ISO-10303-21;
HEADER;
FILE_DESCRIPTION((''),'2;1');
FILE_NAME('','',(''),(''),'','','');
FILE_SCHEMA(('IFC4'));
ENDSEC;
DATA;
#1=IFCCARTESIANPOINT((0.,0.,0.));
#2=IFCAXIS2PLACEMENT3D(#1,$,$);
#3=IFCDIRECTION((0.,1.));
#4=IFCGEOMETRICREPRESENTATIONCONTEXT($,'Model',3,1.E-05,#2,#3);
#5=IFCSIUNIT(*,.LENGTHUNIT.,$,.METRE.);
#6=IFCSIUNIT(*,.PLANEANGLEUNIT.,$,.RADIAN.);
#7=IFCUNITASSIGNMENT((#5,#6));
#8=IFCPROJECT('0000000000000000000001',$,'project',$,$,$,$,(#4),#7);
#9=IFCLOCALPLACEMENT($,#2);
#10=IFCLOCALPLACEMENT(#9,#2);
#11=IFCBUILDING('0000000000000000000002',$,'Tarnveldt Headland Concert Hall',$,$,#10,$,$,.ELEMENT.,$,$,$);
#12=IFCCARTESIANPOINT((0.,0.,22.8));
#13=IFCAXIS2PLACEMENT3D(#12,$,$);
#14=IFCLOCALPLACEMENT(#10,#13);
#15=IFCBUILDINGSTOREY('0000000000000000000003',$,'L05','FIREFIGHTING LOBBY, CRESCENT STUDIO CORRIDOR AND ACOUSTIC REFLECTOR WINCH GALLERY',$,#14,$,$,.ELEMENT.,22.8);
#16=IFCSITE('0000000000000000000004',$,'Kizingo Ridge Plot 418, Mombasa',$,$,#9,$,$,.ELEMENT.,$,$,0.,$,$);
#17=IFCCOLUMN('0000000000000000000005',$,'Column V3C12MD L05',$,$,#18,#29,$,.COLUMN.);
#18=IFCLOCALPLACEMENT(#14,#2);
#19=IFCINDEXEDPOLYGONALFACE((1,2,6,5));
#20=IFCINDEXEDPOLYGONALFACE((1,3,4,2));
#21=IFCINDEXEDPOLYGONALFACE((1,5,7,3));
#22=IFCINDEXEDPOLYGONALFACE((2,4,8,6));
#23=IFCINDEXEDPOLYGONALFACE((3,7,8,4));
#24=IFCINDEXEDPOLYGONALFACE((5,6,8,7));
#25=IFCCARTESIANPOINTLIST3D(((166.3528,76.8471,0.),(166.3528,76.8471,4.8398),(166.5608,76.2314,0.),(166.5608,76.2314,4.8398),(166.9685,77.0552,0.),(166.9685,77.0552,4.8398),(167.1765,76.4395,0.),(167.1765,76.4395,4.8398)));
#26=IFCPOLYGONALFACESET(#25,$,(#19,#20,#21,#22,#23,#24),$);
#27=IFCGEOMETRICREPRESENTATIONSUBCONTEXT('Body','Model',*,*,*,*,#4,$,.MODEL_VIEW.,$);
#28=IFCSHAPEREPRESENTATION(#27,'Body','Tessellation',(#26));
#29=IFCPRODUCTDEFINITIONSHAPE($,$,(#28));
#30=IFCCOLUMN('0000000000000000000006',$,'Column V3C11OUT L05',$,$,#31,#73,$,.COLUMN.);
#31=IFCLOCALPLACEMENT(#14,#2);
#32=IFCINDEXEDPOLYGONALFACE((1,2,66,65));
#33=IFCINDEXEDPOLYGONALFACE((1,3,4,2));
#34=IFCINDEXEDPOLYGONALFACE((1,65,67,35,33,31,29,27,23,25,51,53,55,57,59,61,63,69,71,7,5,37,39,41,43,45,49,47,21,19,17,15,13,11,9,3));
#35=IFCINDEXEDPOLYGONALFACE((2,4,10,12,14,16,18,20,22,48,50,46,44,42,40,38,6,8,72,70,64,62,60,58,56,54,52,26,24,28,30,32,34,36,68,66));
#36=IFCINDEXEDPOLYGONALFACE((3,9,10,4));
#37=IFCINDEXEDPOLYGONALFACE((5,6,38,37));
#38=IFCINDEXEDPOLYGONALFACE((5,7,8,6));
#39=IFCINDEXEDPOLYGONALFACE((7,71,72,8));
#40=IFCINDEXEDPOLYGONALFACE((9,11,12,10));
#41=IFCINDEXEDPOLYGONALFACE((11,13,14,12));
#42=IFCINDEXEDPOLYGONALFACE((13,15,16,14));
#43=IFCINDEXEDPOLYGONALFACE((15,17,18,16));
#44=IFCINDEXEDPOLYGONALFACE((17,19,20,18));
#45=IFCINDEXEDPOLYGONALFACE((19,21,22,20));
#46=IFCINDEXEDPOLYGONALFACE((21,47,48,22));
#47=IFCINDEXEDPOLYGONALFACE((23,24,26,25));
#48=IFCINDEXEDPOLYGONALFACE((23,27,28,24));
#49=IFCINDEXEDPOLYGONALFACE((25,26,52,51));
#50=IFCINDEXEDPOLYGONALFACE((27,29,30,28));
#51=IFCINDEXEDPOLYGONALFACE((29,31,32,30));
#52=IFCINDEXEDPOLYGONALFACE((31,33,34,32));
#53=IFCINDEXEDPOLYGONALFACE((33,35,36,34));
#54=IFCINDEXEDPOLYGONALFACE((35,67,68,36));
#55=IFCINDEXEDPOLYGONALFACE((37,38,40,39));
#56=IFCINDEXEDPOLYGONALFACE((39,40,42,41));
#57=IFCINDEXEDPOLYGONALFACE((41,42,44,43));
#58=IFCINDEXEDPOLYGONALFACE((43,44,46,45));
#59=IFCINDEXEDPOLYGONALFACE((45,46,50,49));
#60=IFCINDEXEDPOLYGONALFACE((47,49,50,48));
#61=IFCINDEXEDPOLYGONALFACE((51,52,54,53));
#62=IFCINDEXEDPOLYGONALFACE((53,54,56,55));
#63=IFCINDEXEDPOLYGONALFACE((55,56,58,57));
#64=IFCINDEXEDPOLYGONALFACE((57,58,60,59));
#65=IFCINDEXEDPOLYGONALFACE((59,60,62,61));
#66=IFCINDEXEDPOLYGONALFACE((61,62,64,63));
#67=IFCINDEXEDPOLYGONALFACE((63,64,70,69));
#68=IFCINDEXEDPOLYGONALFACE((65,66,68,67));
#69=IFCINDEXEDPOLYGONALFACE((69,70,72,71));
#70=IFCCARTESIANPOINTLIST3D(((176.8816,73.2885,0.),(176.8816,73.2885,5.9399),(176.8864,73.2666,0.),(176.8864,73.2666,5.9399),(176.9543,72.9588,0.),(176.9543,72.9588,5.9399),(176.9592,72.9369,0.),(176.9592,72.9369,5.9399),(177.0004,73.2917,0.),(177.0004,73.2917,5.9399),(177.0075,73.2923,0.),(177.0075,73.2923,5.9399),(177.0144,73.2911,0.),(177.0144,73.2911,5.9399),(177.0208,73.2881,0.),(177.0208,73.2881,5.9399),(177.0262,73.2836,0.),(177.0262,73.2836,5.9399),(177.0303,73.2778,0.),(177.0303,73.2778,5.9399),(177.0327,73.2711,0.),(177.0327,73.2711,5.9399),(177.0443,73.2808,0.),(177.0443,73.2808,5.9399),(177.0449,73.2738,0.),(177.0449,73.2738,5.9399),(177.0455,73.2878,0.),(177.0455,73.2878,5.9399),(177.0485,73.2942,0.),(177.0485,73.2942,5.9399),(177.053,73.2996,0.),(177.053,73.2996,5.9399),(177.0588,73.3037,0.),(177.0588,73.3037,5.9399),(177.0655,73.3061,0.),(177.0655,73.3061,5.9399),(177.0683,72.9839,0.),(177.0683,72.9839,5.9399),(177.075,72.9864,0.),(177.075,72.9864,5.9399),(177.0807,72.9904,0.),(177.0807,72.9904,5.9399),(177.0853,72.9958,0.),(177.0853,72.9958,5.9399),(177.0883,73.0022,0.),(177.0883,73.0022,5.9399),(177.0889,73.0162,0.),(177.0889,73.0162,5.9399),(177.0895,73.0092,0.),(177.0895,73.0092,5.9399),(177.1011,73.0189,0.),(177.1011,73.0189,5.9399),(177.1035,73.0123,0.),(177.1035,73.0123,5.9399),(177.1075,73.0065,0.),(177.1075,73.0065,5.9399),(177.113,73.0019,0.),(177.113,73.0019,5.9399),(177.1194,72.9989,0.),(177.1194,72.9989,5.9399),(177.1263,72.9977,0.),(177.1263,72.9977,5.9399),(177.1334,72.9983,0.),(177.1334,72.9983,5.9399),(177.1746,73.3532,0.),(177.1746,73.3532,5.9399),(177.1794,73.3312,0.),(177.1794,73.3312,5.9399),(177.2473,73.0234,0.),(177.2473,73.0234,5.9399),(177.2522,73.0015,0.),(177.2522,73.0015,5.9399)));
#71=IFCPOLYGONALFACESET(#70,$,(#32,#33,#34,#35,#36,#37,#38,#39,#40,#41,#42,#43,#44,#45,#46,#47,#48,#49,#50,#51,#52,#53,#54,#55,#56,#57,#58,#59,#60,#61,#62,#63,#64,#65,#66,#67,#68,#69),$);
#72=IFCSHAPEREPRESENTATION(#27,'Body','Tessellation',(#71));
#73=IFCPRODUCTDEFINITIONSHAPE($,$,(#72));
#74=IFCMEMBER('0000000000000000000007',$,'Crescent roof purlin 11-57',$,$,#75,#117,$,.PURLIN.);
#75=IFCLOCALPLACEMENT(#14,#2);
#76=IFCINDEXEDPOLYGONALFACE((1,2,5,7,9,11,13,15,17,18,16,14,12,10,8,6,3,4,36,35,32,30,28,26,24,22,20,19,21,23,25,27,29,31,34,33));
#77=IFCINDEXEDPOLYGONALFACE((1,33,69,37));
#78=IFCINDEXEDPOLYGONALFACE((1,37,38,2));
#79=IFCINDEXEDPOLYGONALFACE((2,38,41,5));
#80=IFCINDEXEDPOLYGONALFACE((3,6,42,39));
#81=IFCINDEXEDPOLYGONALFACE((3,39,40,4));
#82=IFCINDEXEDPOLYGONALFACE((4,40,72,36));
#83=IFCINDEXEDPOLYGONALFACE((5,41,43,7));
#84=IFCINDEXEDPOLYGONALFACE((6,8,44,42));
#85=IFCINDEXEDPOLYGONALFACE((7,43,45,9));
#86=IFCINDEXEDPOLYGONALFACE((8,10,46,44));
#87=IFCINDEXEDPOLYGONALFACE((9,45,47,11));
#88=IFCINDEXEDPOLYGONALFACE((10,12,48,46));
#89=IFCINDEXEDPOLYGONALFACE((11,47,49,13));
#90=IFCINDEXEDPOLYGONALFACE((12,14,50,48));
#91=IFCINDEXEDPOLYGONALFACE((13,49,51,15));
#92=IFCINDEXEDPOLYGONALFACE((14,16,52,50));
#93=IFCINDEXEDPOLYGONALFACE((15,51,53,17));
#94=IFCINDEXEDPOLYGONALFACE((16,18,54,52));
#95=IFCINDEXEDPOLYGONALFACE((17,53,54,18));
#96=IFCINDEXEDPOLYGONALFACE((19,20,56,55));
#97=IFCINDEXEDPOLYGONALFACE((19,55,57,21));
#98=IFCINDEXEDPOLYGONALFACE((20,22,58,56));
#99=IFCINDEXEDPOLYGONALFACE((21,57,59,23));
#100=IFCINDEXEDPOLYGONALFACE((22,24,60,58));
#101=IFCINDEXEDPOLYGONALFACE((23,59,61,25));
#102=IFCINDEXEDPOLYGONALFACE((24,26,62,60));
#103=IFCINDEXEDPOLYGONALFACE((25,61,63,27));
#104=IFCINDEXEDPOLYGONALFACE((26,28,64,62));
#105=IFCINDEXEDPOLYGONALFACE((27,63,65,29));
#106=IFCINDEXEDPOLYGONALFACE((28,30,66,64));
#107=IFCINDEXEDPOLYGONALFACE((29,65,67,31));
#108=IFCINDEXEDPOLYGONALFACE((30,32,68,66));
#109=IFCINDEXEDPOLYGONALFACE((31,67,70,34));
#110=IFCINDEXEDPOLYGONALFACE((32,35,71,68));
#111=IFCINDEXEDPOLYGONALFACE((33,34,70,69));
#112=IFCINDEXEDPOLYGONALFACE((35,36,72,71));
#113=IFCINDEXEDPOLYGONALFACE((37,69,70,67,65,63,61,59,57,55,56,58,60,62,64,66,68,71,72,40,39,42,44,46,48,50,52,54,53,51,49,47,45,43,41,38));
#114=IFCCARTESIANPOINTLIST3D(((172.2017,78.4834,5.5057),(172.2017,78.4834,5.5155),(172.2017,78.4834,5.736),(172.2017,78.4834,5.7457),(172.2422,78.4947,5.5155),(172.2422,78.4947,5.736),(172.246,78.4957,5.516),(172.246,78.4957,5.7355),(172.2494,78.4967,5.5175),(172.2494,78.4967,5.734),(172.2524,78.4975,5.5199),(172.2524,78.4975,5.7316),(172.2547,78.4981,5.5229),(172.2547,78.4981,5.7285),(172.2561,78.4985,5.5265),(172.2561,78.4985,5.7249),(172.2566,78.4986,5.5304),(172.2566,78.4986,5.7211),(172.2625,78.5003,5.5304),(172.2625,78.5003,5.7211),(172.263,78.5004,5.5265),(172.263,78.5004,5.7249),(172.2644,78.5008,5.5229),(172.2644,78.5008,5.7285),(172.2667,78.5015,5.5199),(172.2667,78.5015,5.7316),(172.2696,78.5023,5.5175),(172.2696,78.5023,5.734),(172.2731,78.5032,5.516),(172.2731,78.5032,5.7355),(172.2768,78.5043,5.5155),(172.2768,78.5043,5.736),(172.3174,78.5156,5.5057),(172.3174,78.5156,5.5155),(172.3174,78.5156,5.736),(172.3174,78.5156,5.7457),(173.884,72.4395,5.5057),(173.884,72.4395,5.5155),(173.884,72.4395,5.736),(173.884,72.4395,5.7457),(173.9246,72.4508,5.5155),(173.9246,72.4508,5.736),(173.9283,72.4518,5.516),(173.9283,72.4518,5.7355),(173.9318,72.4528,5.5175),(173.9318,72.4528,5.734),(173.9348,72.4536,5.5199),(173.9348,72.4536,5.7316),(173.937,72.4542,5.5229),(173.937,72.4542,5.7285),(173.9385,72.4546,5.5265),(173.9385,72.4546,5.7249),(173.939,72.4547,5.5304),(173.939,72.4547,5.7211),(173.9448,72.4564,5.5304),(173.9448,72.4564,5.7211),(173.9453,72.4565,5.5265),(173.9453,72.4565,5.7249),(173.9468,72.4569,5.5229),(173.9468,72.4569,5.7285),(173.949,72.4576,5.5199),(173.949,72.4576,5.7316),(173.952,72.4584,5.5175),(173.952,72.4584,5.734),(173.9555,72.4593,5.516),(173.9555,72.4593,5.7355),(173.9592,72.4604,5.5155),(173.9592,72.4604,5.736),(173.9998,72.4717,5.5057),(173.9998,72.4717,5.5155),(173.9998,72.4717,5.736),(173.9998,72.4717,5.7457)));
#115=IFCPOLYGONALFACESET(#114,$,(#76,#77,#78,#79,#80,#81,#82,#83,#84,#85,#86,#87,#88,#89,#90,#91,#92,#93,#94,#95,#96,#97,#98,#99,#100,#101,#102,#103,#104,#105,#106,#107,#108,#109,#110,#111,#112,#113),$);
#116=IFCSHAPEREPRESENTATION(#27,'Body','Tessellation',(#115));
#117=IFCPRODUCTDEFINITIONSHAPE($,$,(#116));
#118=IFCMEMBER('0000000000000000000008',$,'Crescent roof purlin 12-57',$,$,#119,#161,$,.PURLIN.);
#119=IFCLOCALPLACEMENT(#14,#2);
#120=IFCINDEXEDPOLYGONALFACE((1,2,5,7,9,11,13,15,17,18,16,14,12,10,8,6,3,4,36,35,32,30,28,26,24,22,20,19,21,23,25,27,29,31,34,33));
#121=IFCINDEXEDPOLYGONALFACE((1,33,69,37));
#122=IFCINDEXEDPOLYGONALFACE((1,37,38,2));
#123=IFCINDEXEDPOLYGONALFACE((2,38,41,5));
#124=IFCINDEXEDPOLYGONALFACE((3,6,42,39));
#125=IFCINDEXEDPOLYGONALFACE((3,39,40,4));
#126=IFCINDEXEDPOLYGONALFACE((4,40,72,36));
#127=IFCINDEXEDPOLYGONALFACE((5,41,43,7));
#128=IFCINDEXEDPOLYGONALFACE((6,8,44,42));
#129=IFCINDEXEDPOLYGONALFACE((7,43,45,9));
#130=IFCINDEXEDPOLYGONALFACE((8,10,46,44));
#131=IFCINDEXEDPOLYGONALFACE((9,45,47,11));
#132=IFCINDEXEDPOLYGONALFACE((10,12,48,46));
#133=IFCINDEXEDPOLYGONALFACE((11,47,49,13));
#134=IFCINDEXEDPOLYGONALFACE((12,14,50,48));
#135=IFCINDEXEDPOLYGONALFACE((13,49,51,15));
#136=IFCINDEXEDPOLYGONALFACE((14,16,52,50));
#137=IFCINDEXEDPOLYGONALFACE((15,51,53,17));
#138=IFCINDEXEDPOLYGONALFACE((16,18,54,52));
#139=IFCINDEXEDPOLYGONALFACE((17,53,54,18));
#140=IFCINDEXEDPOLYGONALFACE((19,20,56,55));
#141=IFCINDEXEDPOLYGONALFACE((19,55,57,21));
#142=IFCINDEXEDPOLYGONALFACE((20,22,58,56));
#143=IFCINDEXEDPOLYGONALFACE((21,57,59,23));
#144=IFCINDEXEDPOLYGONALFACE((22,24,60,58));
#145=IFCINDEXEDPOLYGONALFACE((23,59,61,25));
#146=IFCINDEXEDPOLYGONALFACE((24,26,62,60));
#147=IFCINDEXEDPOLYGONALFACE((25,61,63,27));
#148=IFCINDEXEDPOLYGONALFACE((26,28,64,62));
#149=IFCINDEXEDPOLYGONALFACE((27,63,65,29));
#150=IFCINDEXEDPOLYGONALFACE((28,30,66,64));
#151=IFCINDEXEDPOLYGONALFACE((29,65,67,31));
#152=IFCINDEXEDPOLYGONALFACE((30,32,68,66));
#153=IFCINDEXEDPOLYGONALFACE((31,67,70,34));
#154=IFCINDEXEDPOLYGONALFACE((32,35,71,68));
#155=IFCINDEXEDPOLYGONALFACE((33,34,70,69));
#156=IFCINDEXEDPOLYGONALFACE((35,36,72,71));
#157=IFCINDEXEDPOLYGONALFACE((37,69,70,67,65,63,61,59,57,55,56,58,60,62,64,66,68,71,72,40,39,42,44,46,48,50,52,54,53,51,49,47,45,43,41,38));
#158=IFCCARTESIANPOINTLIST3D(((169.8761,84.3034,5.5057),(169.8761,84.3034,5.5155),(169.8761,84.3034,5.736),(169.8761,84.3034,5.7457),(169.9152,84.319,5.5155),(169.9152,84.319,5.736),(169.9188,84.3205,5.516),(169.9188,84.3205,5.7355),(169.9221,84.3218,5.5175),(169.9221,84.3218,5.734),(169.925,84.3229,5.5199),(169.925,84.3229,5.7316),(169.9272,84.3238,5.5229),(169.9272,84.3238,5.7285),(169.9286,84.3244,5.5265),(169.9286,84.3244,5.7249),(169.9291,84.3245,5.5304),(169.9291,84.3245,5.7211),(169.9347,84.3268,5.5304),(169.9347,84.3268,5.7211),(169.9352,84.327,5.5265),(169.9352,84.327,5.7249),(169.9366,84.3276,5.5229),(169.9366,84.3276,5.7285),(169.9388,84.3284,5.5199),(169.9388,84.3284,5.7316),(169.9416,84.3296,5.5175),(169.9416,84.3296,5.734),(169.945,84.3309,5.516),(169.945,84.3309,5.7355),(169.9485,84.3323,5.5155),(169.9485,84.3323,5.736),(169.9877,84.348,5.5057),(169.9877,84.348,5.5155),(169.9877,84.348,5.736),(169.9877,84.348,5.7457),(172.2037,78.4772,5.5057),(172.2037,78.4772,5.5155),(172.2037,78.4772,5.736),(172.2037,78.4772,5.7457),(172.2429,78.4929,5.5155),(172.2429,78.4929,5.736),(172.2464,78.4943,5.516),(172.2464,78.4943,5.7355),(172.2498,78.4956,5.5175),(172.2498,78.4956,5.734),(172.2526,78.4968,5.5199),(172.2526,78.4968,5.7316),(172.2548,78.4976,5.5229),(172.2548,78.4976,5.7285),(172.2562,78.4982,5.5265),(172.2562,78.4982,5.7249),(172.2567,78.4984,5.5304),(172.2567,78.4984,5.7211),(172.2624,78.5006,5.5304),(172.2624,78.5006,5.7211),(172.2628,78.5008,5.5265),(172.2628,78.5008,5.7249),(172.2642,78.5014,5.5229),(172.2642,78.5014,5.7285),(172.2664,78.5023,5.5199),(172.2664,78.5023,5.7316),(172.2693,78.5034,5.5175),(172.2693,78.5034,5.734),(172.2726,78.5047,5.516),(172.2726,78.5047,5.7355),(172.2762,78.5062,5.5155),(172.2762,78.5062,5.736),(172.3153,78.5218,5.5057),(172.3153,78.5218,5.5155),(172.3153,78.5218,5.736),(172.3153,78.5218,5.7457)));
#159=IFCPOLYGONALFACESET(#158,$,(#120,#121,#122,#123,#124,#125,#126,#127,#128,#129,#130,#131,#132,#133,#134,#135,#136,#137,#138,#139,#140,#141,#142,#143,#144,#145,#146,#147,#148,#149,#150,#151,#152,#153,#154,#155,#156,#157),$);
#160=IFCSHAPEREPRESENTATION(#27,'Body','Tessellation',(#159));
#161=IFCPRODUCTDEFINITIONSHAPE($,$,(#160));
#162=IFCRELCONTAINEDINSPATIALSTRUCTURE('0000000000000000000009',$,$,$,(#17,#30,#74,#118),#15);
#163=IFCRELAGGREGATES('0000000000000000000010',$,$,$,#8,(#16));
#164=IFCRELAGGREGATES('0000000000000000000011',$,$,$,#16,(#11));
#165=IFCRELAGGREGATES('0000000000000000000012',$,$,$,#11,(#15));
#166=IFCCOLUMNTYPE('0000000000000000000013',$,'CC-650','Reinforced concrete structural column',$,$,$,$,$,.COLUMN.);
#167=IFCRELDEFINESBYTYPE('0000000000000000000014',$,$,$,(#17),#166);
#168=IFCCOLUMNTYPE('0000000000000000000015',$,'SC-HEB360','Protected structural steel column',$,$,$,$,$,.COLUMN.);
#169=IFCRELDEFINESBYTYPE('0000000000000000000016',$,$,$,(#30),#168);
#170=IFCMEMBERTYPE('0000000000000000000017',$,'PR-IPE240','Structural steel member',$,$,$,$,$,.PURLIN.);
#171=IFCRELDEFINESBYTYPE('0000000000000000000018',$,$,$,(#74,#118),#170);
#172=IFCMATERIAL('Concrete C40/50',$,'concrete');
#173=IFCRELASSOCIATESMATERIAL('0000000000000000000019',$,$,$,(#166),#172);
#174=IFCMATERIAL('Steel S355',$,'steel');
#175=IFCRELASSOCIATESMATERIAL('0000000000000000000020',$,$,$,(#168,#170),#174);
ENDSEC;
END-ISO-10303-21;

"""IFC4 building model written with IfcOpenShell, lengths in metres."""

from ifc_helpers import new_model, si_unit, direction, frame, origin, origin_2d, place, context, subcontext, project, spatial, rectangle, i_section, extrude, material, material_profile, profile_set, type_object, element, save


model = new_model("IFC4")

# Units and contexts
model_context = context("Model", 3, precision=1e-05, world=origin(), true_north=direction((0.0, 1.0)))
body_context = subcontext(model_context, "Body", "Model", "MODEL_VIEW")
ifc_project = project(units=[si_unit("LENGTHUNIT", "METRE"), si_unit("PLANEANGLEUNIT", "RADIAN")], contexts=[model_context])

# Site, building, storey
site_placement = place(None, origin())
site = spatial("IfcSite", under=ifc_project, at=site_placement, Name="Kizingo Ridge Plot 418, Mombasa", CompositionType="ELEMENT", RefElevation=0.0)
building_placement = place(site_placement, origin())
building = spatial("IfcBuilding", under=site, at=building_placement, Name="Tarnveldt Headland Concert Hall", CompositionType="ELEMENT")
storey_placement = place(building_placement, frame((0.0, 0.0, 22.8)))
storey = spatial("IfcBuildingStorey", under=building, at=storey_placement, Name="L05", Description="FIREFIGHTING LOBBY, CRESCENT STUDIO CORRIDOR AND ACOUSTIC REFLECTOR WINCH GALLERY", CompositionType="ELEMENT", Elevation=22.8)

# Columns
ifc_material_1 = material(Name="Concrete C40/50", Category="concrete")
ifc_material_profile_1 = material_profile(ifc_material_1, rectangle(XDim=0.6499, YDim=0.6499, at=origin_2d()), Name="RC 650x650", Category="concrete")
ifc_profile_set_1 = profile_set([ifc_material_profile_1], Name="Concrete C40/50")
column_type_1 = type_object("IfcColumnType", Name="CC-650", Description="Reinforced concrete structural column", PredefinedType="COLUMN", material=ifc_profile_set_1)
column_1_placement = place(storey_placement, frame((166.7646, 76.6433, 0.0), z_axis=(0.0, 0.0, 1.0), x_axis=(0.947378, 0.320117, 0.0)))
element("IfcColumn", 1, at=column_1_placement, inside=storey, type_object=column_type_1, Name="Column V3C12MD L05", PredefinedType="COLUMN", context=body_context, shape_type="SweptSolid", body=[
    extrude(rectangle(XDim=0.6499, YDim=0.6499, at=origin_2d()), origin(), (0.0, 0.0, 1.0), 4.8398),
])
ifc_material_2 = material(Name="Steel S355", Category="steel")
ifc_material_profile_2 = material_profile(ifc_material_2, i_section(OverallWidth=0.3, OverallDepth=0.3601, WebThickness=0.0125, FlangeThickness=0.0225, FilletRadius=0.0271, at=origin_2d()), Name="HEB360", Category="steel")
ifc_profile_set_2 = profile_set([ifc_material_profile_2], Name="Steel S355")
column_type_2 = type_object("IfcColumnType", Name="SC-HEB360", Description="Protected structural steel column", PredefinedType="COLUMN", material=ifc_profile_set_2)
column_2_placement = place(storey_placement, frame((177.0669, 73.145, 0.0), z_axis=(0.0, 0.0, 1.0), x_axis=(0.976522, 0.215417, 0.0)))
element("IfcColumn", 2, at=column_2_placement, inside=storey, type_object=column_type_2, Name="Column V3C11OUT L05", PredefinedType="COLUMN", context=body_context, shape_type="SweptSolid", body=[
    extrude(i_section(OverallWidth=0.3, OverallDepth=0.3601, WebThickness=0.0125, FlangeThickness=0.0225, FilletRadius=0.0271, at=origin_2d()), origin(), (0.0, 0.0, 1.0), 5.9399),
])

# Members
ifc_material_profile_3 = material_profile(ifc_material_2, i_section(OverallWidth=0.1201, OverallDepth=0.24, WebThickness=0.0061, FlangeThickness=0.0098, FilletRadius=0.0149, at=origin_2d()), Name="IPE240", Category="steel")
ifc_profile_set_3 = profile_set([ifc_material_profile_3], Name="Steel S355")
member_type = type_object("IfcMemberType", Name="PR-IPE240", Description="Structural steel member", PredefinedType="PURLIN", material=ifc_profile_set_3)
member_1_placement = place(storey_placement, frame((173.9419, 72.4556, 5.6257), z_axis=(-0.268162, 0.963374, 0.0), x_axis=(-0.963374, -0.268162, 0.0)))
element("IfcMember", 3, at=member_1_placement, inside=storey, type_object=member_type, Name="Crescent roof purlin 11-57", PredefinedType="PURLIN", context=body_context, shape_type="SweptSolid", body=[
    extrude(i_section(OverallWidth=0.1201, OverallDepth=0.24, WebThickness=0.0061, FlangeThickness=0.0098, FilletRadius=0.0149, at=origin_2d()), origin(), (0.0, 0.0, 1.0), 6.2737),
])
member_2_placement = place(storey_placement, frame((172.2595, 78.4995, 5.6257), z_axis=(-0.371002, 0.928632, 0.0), x_axis=(-0.928632, -0.371002, 0.0)))
element("IfcMember", 4, at=member_2_placement, inside=storey, type_object=member_type, Name="Crescent roof purlin 12-57", PredefinedType="PURLIN", context=body_context, shape_type="SweptSolid", body=[
    extrude(i_section(OverallWidth=0.1201, OverallDepth=0.24, WebThickness=0.0061, FlangeThickness=0.0098, FilletRadius=0.0149, at=origin_2d()), origin(), (0.0, 0.0, 1.0), 6.2739),
])

save(model, "model.ifc")
